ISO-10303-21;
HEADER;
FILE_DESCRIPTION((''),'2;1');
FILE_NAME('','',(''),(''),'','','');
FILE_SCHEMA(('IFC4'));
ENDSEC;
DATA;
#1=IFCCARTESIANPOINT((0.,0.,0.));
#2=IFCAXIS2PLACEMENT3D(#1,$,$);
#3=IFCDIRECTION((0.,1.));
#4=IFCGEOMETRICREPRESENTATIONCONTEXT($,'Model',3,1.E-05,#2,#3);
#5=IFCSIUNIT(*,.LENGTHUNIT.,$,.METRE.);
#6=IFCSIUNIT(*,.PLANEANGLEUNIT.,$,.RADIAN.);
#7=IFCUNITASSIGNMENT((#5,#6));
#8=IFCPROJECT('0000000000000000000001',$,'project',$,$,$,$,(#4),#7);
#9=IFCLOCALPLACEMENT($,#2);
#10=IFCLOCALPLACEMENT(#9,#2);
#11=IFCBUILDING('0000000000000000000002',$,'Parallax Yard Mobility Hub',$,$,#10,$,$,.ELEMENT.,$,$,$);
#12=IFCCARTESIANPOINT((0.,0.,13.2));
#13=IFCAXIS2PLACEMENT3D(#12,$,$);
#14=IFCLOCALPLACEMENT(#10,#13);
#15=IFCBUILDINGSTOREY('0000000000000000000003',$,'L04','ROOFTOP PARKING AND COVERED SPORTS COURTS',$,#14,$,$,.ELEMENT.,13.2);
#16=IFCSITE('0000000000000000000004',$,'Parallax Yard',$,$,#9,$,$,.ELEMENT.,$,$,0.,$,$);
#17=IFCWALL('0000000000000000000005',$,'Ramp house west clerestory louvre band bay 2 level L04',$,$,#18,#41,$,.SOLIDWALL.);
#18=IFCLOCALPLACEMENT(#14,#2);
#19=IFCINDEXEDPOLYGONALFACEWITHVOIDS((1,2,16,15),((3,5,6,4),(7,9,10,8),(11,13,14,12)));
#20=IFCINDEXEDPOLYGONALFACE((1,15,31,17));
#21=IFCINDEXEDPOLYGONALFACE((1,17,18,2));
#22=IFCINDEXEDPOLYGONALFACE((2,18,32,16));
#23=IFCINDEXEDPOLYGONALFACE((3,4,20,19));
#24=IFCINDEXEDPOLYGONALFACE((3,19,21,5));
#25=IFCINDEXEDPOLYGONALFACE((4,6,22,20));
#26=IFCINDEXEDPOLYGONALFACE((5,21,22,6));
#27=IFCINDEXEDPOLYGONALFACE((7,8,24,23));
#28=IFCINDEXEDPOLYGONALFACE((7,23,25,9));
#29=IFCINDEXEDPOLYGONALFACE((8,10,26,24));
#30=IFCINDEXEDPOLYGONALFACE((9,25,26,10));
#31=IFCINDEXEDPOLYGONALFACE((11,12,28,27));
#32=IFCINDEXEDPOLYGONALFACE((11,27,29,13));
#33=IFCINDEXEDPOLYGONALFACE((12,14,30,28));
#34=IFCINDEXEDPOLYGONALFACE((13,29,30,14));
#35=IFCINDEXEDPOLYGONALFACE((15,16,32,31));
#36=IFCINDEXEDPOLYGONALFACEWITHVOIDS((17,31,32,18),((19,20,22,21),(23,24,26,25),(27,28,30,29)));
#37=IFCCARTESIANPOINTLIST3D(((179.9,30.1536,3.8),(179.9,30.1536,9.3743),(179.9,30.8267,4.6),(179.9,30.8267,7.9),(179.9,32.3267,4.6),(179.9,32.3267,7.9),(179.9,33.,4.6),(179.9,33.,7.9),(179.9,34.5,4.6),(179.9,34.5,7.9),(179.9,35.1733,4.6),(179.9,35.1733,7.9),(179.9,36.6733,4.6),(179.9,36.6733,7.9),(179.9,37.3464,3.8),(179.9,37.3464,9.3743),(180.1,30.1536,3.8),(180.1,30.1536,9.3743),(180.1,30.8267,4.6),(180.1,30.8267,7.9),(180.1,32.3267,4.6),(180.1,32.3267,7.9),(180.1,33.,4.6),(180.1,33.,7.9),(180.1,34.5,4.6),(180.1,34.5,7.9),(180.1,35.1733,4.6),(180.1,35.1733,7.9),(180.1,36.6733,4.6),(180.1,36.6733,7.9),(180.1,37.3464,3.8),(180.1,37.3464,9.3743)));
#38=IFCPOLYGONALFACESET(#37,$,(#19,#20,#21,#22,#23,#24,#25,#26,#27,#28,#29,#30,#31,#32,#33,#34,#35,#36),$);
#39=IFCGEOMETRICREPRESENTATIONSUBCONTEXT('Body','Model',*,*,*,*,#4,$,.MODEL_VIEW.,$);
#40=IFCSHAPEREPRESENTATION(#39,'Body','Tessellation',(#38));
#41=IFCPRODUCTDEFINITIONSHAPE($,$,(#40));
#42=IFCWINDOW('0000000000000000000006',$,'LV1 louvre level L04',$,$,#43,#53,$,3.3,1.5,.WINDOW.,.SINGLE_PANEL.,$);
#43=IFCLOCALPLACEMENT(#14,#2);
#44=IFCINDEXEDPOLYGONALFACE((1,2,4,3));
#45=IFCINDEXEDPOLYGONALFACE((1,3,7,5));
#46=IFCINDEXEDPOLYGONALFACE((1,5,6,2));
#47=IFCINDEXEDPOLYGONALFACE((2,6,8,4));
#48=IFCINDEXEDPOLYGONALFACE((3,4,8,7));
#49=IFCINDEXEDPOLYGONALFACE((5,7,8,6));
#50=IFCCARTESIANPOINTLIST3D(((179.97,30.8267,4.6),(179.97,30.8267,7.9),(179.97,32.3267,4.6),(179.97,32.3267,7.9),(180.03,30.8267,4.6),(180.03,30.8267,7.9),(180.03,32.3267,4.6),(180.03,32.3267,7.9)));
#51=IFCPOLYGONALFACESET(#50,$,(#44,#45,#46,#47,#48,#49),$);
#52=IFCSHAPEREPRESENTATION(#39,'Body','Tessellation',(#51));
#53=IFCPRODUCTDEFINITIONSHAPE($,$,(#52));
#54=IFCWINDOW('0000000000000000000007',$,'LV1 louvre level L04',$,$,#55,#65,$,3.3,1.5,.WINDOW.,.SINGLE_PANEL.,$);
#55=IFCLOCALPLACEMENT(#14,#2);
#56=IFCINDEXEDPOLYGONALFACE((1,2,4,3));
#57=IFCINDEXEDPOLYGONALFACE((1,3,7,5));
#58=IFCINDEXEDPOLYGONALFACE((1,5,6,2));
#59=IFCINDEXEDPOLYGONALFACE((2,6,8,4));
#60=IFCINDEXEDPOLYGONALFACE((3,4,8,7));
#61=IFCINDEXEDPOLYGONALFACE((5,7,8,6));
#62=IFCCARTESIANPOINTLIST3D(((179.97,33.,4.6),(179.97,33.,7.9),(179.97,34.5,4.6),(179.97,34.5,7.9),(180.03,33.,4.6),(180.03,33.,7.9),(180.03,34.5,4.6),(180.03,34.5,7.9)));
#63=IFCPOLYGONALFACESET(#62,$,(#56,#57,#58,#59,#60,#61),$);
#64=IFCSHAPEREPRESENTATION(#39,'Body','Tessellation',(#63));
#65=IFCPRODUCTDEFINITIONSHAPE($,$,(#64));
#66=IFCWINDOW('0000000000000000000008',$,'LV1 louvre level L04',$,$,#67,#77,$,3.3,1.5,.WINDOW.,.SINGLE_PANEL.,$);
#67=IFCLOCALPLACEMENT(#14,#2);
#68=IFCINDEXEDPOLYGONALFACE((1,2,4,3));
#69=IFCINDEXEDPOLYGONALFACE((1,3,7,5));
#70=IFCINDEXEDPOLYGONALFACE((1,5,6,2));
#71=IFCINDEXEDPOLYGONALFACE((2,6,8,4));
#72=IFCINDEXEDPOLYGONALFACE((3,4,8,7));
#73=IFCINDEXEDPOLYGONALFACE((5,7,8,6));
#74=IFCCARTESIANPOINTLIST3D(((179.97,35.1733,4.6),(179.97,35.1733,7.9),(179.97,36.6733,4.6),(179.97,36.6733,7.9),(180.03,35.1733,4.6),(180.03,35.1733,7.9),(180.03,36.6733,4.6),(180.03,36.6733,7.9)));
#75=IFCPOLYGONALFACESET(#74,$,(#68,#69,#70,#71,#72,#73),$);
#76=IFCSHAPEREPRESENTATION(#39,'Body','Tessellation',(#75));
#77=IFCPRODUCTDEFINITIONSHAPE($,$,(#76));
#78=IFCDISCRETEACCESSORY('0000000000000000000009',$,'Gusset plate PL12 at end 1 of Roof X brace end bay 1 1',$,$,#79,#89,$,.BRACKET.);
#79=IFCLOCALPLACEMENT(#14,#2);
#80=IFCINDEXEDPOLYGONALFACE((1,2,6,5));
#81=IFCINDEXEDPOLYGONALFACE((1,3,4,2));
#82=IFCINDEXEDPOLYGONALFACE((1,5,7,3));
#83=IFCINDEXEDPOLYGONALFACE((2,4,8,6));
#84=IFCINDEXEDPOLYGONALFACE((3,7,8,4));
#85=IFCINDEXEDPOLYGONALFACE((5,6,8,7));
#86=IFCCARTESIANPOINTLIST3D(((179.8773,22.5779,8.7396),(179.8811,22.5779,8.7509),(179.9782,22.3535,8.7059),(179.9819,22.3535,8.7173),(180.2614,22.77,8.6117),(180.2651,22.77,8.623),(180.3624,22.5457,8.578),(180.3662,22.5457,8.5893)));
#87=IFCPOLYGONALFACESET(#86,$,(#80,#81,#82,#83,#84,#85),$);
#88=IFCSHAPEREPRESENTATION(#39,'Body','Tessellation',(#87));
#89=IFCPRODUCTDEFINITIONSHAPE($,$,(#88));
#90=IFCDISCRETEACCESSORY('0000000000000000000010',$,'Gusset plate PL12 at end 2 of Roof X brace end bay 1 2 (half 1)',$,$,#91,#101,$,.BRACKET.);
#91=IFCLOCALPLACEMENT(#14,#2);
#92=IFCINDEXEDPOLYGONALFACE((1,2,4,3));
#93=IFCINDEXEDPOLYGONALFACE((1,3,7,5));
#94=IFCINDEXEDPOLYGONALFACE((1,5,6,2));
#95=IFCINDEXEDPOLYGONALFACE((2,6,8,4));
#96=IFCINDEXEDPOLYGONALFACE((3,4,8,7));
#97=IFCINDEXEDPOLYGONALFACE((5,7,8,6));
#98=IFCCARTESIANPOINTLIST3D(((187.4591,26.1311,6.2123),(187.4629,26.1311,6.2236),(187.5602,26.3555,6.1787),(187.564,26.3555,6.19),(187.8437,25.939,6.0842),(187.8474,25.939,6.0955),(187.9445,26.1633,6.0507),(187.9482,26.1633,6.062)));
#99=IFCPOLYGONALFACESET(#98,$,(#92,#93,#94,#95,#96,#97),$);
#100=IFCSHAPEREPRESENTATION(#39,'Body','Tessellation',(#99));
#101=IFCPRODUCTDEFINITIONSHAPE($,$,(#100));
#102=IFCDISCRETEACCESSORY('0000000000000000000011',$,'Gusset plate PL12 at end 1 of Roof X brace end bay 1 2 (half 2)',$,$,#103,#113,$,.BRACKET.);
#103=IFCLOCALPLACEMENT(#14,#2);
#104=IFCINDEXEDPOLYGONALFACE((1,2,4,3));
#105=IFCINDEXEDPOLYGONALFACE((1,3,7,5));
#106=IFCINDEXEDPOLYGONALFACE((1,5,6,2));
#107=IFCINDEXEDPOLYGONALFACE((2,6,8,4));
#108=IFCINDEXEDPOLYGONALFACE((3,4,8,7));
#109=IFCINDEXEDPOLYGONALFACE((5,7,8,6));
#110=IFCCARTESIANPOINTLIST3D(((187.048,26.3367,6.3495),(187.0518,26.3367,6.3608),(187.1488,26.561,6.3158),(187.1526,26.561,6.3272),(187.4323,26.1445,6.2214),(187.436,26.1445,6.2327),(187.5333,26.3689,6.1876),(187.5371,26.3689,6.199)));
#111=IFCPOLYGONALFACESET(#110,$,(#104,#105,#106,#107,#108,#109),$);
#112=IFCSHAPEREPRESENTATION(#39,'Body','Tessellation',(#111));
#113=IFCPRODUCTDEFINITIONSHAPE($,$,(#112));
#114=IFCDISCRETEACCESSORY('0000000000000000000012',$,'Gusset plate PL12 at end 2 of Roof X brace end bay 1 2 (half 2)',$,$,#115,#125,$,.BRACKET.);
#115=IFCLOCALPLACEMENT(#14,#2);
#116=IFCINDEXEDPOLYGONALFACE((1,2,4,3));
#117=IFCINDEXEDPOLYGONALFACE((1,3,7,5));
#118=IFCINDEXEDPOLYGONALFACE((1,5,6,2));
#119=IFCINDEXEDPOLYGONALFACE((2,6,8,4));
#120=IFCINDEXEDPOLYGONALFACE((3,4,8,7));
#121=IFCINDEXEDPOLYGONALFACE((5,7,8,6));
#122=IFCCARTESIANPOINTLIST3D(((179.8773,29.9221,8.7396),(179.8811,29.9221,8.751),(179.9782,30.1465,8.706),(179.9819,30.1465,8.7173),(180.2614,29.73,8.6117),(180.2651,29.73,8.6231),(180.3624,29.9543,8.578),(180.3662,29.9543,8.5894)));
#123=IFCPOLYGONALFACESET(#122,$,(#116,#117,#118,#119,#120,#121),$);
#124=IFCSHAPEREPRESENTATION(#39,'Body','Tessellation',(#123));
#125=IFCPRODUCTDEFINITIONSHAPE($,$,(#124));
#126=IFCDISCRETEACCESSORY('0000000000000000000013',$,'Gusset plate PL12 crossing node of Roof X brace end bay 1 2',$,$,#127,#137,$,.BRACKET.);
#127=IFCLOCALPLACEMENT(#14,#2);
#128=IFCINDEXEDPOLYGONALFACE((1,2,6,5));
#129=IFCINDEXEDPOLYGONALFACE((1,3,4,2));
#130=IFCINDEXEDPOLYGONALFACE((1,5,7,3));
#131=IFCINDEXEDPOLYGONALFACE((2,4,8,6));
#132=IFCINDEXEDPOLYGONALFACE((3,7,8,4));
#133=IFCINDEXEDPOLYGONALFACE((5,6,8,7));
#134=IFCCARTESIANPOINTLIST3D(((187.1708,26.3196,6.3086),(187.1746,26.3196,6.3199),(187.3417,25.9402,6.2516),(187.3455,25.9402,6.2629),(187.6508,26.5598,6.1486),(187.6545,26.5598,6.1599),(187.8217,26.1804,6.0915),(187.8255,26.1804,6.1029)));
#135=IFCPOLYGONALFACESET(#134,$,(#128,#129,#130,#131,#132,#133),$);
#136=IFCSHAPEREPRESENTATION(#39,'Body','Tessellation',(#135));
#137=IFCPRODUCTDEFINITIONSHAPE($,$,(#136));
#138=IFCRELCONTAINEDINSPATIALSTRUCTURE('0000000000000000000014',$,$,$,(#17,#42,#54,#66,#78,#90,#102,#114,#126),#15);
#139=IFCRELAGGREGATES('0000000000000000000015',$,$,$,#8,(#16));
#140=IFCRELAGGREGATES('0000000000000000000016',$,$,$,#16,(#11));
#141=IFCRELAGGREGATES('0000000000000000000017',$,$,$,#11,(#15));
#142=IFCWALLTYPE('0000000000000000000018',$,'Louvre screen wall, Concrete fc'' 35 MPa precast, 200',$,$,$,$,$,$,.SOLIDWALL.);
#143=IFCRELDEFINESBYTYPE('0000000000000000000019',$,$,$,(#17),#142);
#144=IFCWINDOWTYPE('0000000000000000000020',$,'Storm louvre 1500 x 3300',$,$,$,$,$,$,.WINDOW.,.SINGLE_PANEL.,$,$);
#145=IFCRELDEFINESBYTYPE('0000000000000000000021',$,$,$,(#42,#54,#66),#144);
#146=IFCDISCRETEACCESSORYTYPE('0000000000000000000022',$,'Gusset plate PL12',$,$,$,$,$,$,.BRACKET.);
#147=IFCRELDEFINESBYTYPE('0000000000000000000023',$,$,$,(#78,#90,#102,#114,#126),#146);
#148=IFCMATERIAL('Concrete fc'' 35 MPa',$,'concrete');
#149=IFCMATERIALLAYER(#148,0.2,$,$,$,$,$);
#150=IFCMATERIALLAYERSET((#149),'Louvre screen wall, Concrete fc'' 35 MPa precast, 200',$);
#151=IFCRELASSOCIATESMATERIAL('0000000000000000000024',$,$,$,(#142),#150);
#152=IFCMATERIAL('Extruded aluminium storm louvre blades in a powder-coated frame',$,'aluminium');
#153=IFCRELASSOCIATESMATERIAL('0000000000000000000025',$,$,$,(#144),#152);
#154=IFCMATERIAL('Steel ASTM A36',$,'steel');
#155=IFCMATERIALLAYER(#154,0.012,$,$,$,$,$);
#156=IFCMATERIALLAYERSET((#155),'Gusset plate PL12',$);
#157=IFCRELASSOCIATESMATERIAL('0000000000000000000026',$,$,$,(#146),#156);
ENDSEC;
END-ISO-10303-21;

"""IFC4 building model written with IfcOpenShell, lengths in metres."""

from ifc_helpers import new_model, si_unit, direction, frame, frame_2d, origin, place, context, subcontext, project, spatial, polyline, rectangle, outline, extrude, material, layer, layer_set, type_object, element, fill, save


model = new_model("IFC4")

# Units and contexts
model_context = context("Model", 3, precision=1e-05, world=origin(), true_north=direction((0.0, 1.0)))
body_context = subcontext(model_context, "Body", "Model", "MODEL_VIEW")
ifc_project = project(units=[si_unit("LENGTHUNIT", "METRE"), si_unit("PLANEANGLEUNIT", "RADIAN")], contexts=[model_context])

# Site, building, storey
site_placement = place(None, origin())
site = spatial("IfcSite", under=ifc_project, at=site_placement, Name="Parallax Yard", CompositionType="ELEMENT", RefElevation=0.0)
building_placement = place(site_placement, origin())
building = spatial("IfcBuilding", under=site, at=building_placement, Name="Parallax Yard Mobility Hub", CompositionType="ELEMENT")
storey_placement = place(building_placement, frame((0.0, 0.0, 13.2)))
storey = spatial("IfcBuildingStorey", under=building, at=storey_placement, Name="L04", Description="ROOFTOP PARKING AND COVERED SPORTS COURTS", CompositionType="ELEMENT", Elevation=13.2)

# Wall, openings, windows
ifc_material_1 = material(Name="Concrete fc' 35 MPa", Category="concrete")
ifc_layer_1 = layer(ifc_material_1, 0.2)
ifc_layer_set_1 = layer_set([ifc_layer_1], Name="Louvre screen wall, Concrete fc' 35 MPa precast, 200")
wall_type = type_object("IfcWallType", Name="Louvre screen wall, Concrete fc' 35 MPa precast, 200", PredefinedType="SOLIDWALL", material=ifc_layer_set_1)
wall_placement = place(storey_placement, frame((180.0, 30.1536, 3.8), z_axis=(0.0, 0.0, 1.0), x_axis=(0.0, 1.0, 0.0)))
wall = element("IfcWall", 1, at=wall_placement, inside=storey, type_object=wall_type, Name="Ramp house west clerestory louvre band bay 2 level L04", PredefinedType="SOLIDWALL", context=body_context, shape_type="SweptSolid", body=[
    extrude(rectangle(XDim=7.1929, YDim=0.2, at=frame_2d((3.5964, 0.0))), origin(), (0.0, 0.0, 1.0), 5.5742),
])
opening_1_placement = place(wall_placement, frame((0.6731, 0.0, 0.8)))
opening_1 = element("IfcOpeningElement", 2, at=opening_1_placement, cuts=wall, PredefinedType="OPENING", context=body_context, shape_type="SweptSolid", body=[
    extrude(rectangle(XDim=1.5, YDim=3.3, at=frame_2d((0.75, 1.6499))), frame((0.0, 0.1099, 0.0), z_axis=(0.0, -1.0, 0.0), x_axis=(1.0, 0.0, 0.0)), (0.0, 0.0, 1.0), 0.22),
])
opening_2_placement = place(wall_placement, frame((2.8464, 0.0, 0.8)))
opening_2 = element("IfcOpeningElement", 3, at=opening_2_placement, cuts=wall, PredefinedType="OPENING", context=body_context, shape_type="SweptSolid", body=[
    extrude(rectangle(XDim=1.5, YDim=3.3, at=frame_2d((0.75, 1.6499))), frame((0.0, 0.1099, 0.0), z_axis=(0.0, -1.0, 0.0), x_axis=(1.0, 0.0, 0.0)), (0.0, 0.0, 1.0), 0.22),
])
opening_3_placement = place(wall_placement, frame((5.0198, 0.0, 0.8)))
opening_3 = element("IfcOpeningElement", 4, at=opening_3_placement, cuts=wall, PredefinedType="OPENING", context=body_context, shape_type="SweptSolid", body=[
    extrude(rectangle(XDim=1.5, YDim=3.3, at=frame_2d((0.75, 1.6499))), frame((0.0, 0.1099, 0.0), z_axis=(0.0, -1.0, 0.0), x_axis=(1.0, 0.0, 0.0)), (0.0, 0.0, 1.0), 0.22),
])
ifc_material_2 = material(Name="Extruded aluminium storm louvre blades in a powder-coated frame", Category="aluminium")
window_type = type_object("IfcWindowType", Name="Storm louvre 1500 x 3300", PartitioningType="SINGLE_PANEL", PredefinedType="WINDOW", material=ifc_material_2)
window_1_placement = place(opening_1_placement, origin())
window_1 = element("IfcWindow", 5, at=window_1_placement, inside=storey, type_object=window_type, Name="LV1 louvre level L04", OverallHeight=3.3, OverallWidth=1.5, PartitioningType="SINGLE_PANEL", PredefinedType="WINDOW", context=body_context, shape_type="SweptSolid", body=[
    extrude(rectangle(XDim=1.5, YDim=3.3, at=frame_2d((0.75, 1.6499))), frame((0.0, 0.03, 0.0), z_axis=(0.0, -1.0, 0.0), x_axis=(1.0, 0.0, 0.0)), (0.0, 0.0, 1.0), 0.0601),
])
fill(opening_1, window_1)
window_2_placement = place(opening_2_placement, origin())
window_2 = element("IfcWindow", 6, at=window_2_placement, inside=storey, type_object=window_type, Name="LV1 louvre level L04", OverallHeight=3.3, OverallWidth=1.5, PartitioningType="SINGLE_PANEL", PredefinedType="WINDOW", context=body_context, shape_type="SweptSolid", body=[
    extrude(rectangle(XDim=1.5, YDim=3.3, at=frame_2d((0.75, 1.6499))), frame((0.0, 0.03, 0.0), z_axis=(0.0, -1.0, 0.0), x_axis=(1.0, 0.0, 0.0)), (0.0, 0.0, 1.0), 0.0601),
])
fill(opening_2, window_2)
window_3_placement = place(opening_3_placement, origin())
window_3 = element("IfcWindow", 7, at=window_3_placement, inside=storey, type_object=window_type, Name="LV1 louvre level L04", OverallHeight=3.3, OverallWidth=1.5, PartitioningType="SINGLE_PANEL", PredefinedType="WINDOW", context=body_context, shape_type="SweptSolid", body=[
    extrude(rectangle(XDim=1.5, YDim=3.3, at=frame_2d((0.75, 1.6499))), frame((0.0, 0.03, 0.0), z_axis=(0.0, -1.0, 0.0), x_axis=(1.0, 0.0, 0.0)), (0.0, 0.0, 1.0), 0.0601),
])
fill(opening_3, window_3)

# Discrete accessories
ifc_material_3 = material(Name="Steel ASTM A36", Category="steel")
ifc_layer_2 = layer(ifc_material_3, 0.012)
ifc_layer_set_2 = layer_set([ifc_layer_2], Name="Gusset plate PL12")
discrete_accessory_type = type_object("IfcDiscreteAccessoryType", Name="Gusset plate PL12", PredefinedType="BRACKET", material=ifc_layer_set_2)
discrete_accessory_1_placement = place(storey_placement, frame((180.2651, 22.77, 8.623), z_axis=(0.316069, -0.000251, 0.948736), x_axis=(-0.857114, -0.428816, 0.285432)))
element("IfcDiscreteAccessory", 8, at=discrete_accessory_1_placement, inside=storey, type_object=discrete_accessory_type, Name="Gusset plate PL12 at end 1 of Roof X brace end bay 1 1", PredefinedType="BRACKET", context=body_context, shape_type="SweptSolid", body=[
    extrude(outline(polyline([(0.0, 0.0), (0.4481, 0.0), (0.4482, 0.2483), (0.0, 0.2484), (0.0, 0.0)])), origin(), (0.0, 0.0, -1.0), 0.012),
])
discrete_accessory_2_placement = place(storey_placement, frame((187.9482, 26.1633, 6.062), z_axis=(0.315954, -0.000207, 0.948775), x_axis=(-0.857177, 0.428616, 0.285544)))
element("IfcDiscreteAccessory", 9, at=discrete_accessory_2_placement, inside=storey, type_object=discrete_accessory_type, Name="Gusset plate PL12 at end 2 of Roof X brace end bay 1 2 (half 1)", PredefinedType="BRACKET", context=body_context, shape_type="SweptSolid", body=[
    extrude(outline(polyline([(0.0, 0.0), (0.4483, 0.0), (0.4484, 0.2484), (-0.0002, 0.2482), (0.0, 0.0)])), origin(), (0.0, 0.0, -1.0), 0.012),
])
discrete_accessory_3_placement = place(storey_placement, frame((187.0518, 26.3367, 6.3608), z_axis=(0.316365, 0.000104, 0.948638), x_axis=(0.857126, -0.428549, -0.285799)))
element("IfcDiscreteAccessory", 10, at=discrete_accessory_3_placement, inside=storey, type_object=discrete_accessory_type, Name="Gusset plate PL12 at end 1 of Roof X brace end bay 1 2 (half 2)", PredefinedType="BRACKET", context=body_context, shape_type="SweptSolid", body=[
    extrude(outline(polyline([(0.0, 0.0), (0.4483, 0.0), (0.4485, 0.2484), (-0.0001, 0.2483), (0.0, 0.0)])), origin(), (0.0, 0.0, -1.0), 0.012),
])
discrete_accessory_4_placement = place(storey_placement, frame((180.3662, 29.9543, 8.5894), z_axis=(0.316069, 0.000251, 0.948736), x_axis=(-0.857205, 0.428616, 0.285462)))
element("IfcDiscreteAccessory", 11, at=discrete_accessory_4_placement, inside=storey, type_object=discrete_accessory_type, Name="Gusset plate PL12 at end 2 of Roof X brace end bay 1 2 (half 2)", PredefinedType="BRACKET", context=body_context, shape_type="SweptSolid", body=[
    extrude(outline(polyline([(0.0, 0.0), (0.4483, 0.0), (0.4482, 0.2483), (0.0001, 0.2484), (0.0, 0.0)])), origin(), (0.0, 0.0, -1.0), 0.012),
])
discrete_accessory_5_placement = place(storey_placement, frame((187.3455, 25.9402, 6.2629), z_axis=(0.316324, -0.000053, 0.948651), x_axis=(0.856977, 0.428892, -0.285732)))
element("IfcDiscreteAccessory", 12, at=discrete_accessory_5_placement, inside=storey, type_object=discrete_accessory_type, Name="Gusset plate PL12 crossing node of Roof X brace end bay 1 2", PredefinedType="BRACKET", context=body_context, shape_type="SweptSolid", body=[
    extrude(outline(polyline([(0.0, 0.0), (0.5601, 0.0), (0.5601, 0.42), (0.0, 0.42), (0.0, 0.0)])), origin(), (0.0, 0.0, -1.0), 0.012),
])

save(model, "model.ifc")
